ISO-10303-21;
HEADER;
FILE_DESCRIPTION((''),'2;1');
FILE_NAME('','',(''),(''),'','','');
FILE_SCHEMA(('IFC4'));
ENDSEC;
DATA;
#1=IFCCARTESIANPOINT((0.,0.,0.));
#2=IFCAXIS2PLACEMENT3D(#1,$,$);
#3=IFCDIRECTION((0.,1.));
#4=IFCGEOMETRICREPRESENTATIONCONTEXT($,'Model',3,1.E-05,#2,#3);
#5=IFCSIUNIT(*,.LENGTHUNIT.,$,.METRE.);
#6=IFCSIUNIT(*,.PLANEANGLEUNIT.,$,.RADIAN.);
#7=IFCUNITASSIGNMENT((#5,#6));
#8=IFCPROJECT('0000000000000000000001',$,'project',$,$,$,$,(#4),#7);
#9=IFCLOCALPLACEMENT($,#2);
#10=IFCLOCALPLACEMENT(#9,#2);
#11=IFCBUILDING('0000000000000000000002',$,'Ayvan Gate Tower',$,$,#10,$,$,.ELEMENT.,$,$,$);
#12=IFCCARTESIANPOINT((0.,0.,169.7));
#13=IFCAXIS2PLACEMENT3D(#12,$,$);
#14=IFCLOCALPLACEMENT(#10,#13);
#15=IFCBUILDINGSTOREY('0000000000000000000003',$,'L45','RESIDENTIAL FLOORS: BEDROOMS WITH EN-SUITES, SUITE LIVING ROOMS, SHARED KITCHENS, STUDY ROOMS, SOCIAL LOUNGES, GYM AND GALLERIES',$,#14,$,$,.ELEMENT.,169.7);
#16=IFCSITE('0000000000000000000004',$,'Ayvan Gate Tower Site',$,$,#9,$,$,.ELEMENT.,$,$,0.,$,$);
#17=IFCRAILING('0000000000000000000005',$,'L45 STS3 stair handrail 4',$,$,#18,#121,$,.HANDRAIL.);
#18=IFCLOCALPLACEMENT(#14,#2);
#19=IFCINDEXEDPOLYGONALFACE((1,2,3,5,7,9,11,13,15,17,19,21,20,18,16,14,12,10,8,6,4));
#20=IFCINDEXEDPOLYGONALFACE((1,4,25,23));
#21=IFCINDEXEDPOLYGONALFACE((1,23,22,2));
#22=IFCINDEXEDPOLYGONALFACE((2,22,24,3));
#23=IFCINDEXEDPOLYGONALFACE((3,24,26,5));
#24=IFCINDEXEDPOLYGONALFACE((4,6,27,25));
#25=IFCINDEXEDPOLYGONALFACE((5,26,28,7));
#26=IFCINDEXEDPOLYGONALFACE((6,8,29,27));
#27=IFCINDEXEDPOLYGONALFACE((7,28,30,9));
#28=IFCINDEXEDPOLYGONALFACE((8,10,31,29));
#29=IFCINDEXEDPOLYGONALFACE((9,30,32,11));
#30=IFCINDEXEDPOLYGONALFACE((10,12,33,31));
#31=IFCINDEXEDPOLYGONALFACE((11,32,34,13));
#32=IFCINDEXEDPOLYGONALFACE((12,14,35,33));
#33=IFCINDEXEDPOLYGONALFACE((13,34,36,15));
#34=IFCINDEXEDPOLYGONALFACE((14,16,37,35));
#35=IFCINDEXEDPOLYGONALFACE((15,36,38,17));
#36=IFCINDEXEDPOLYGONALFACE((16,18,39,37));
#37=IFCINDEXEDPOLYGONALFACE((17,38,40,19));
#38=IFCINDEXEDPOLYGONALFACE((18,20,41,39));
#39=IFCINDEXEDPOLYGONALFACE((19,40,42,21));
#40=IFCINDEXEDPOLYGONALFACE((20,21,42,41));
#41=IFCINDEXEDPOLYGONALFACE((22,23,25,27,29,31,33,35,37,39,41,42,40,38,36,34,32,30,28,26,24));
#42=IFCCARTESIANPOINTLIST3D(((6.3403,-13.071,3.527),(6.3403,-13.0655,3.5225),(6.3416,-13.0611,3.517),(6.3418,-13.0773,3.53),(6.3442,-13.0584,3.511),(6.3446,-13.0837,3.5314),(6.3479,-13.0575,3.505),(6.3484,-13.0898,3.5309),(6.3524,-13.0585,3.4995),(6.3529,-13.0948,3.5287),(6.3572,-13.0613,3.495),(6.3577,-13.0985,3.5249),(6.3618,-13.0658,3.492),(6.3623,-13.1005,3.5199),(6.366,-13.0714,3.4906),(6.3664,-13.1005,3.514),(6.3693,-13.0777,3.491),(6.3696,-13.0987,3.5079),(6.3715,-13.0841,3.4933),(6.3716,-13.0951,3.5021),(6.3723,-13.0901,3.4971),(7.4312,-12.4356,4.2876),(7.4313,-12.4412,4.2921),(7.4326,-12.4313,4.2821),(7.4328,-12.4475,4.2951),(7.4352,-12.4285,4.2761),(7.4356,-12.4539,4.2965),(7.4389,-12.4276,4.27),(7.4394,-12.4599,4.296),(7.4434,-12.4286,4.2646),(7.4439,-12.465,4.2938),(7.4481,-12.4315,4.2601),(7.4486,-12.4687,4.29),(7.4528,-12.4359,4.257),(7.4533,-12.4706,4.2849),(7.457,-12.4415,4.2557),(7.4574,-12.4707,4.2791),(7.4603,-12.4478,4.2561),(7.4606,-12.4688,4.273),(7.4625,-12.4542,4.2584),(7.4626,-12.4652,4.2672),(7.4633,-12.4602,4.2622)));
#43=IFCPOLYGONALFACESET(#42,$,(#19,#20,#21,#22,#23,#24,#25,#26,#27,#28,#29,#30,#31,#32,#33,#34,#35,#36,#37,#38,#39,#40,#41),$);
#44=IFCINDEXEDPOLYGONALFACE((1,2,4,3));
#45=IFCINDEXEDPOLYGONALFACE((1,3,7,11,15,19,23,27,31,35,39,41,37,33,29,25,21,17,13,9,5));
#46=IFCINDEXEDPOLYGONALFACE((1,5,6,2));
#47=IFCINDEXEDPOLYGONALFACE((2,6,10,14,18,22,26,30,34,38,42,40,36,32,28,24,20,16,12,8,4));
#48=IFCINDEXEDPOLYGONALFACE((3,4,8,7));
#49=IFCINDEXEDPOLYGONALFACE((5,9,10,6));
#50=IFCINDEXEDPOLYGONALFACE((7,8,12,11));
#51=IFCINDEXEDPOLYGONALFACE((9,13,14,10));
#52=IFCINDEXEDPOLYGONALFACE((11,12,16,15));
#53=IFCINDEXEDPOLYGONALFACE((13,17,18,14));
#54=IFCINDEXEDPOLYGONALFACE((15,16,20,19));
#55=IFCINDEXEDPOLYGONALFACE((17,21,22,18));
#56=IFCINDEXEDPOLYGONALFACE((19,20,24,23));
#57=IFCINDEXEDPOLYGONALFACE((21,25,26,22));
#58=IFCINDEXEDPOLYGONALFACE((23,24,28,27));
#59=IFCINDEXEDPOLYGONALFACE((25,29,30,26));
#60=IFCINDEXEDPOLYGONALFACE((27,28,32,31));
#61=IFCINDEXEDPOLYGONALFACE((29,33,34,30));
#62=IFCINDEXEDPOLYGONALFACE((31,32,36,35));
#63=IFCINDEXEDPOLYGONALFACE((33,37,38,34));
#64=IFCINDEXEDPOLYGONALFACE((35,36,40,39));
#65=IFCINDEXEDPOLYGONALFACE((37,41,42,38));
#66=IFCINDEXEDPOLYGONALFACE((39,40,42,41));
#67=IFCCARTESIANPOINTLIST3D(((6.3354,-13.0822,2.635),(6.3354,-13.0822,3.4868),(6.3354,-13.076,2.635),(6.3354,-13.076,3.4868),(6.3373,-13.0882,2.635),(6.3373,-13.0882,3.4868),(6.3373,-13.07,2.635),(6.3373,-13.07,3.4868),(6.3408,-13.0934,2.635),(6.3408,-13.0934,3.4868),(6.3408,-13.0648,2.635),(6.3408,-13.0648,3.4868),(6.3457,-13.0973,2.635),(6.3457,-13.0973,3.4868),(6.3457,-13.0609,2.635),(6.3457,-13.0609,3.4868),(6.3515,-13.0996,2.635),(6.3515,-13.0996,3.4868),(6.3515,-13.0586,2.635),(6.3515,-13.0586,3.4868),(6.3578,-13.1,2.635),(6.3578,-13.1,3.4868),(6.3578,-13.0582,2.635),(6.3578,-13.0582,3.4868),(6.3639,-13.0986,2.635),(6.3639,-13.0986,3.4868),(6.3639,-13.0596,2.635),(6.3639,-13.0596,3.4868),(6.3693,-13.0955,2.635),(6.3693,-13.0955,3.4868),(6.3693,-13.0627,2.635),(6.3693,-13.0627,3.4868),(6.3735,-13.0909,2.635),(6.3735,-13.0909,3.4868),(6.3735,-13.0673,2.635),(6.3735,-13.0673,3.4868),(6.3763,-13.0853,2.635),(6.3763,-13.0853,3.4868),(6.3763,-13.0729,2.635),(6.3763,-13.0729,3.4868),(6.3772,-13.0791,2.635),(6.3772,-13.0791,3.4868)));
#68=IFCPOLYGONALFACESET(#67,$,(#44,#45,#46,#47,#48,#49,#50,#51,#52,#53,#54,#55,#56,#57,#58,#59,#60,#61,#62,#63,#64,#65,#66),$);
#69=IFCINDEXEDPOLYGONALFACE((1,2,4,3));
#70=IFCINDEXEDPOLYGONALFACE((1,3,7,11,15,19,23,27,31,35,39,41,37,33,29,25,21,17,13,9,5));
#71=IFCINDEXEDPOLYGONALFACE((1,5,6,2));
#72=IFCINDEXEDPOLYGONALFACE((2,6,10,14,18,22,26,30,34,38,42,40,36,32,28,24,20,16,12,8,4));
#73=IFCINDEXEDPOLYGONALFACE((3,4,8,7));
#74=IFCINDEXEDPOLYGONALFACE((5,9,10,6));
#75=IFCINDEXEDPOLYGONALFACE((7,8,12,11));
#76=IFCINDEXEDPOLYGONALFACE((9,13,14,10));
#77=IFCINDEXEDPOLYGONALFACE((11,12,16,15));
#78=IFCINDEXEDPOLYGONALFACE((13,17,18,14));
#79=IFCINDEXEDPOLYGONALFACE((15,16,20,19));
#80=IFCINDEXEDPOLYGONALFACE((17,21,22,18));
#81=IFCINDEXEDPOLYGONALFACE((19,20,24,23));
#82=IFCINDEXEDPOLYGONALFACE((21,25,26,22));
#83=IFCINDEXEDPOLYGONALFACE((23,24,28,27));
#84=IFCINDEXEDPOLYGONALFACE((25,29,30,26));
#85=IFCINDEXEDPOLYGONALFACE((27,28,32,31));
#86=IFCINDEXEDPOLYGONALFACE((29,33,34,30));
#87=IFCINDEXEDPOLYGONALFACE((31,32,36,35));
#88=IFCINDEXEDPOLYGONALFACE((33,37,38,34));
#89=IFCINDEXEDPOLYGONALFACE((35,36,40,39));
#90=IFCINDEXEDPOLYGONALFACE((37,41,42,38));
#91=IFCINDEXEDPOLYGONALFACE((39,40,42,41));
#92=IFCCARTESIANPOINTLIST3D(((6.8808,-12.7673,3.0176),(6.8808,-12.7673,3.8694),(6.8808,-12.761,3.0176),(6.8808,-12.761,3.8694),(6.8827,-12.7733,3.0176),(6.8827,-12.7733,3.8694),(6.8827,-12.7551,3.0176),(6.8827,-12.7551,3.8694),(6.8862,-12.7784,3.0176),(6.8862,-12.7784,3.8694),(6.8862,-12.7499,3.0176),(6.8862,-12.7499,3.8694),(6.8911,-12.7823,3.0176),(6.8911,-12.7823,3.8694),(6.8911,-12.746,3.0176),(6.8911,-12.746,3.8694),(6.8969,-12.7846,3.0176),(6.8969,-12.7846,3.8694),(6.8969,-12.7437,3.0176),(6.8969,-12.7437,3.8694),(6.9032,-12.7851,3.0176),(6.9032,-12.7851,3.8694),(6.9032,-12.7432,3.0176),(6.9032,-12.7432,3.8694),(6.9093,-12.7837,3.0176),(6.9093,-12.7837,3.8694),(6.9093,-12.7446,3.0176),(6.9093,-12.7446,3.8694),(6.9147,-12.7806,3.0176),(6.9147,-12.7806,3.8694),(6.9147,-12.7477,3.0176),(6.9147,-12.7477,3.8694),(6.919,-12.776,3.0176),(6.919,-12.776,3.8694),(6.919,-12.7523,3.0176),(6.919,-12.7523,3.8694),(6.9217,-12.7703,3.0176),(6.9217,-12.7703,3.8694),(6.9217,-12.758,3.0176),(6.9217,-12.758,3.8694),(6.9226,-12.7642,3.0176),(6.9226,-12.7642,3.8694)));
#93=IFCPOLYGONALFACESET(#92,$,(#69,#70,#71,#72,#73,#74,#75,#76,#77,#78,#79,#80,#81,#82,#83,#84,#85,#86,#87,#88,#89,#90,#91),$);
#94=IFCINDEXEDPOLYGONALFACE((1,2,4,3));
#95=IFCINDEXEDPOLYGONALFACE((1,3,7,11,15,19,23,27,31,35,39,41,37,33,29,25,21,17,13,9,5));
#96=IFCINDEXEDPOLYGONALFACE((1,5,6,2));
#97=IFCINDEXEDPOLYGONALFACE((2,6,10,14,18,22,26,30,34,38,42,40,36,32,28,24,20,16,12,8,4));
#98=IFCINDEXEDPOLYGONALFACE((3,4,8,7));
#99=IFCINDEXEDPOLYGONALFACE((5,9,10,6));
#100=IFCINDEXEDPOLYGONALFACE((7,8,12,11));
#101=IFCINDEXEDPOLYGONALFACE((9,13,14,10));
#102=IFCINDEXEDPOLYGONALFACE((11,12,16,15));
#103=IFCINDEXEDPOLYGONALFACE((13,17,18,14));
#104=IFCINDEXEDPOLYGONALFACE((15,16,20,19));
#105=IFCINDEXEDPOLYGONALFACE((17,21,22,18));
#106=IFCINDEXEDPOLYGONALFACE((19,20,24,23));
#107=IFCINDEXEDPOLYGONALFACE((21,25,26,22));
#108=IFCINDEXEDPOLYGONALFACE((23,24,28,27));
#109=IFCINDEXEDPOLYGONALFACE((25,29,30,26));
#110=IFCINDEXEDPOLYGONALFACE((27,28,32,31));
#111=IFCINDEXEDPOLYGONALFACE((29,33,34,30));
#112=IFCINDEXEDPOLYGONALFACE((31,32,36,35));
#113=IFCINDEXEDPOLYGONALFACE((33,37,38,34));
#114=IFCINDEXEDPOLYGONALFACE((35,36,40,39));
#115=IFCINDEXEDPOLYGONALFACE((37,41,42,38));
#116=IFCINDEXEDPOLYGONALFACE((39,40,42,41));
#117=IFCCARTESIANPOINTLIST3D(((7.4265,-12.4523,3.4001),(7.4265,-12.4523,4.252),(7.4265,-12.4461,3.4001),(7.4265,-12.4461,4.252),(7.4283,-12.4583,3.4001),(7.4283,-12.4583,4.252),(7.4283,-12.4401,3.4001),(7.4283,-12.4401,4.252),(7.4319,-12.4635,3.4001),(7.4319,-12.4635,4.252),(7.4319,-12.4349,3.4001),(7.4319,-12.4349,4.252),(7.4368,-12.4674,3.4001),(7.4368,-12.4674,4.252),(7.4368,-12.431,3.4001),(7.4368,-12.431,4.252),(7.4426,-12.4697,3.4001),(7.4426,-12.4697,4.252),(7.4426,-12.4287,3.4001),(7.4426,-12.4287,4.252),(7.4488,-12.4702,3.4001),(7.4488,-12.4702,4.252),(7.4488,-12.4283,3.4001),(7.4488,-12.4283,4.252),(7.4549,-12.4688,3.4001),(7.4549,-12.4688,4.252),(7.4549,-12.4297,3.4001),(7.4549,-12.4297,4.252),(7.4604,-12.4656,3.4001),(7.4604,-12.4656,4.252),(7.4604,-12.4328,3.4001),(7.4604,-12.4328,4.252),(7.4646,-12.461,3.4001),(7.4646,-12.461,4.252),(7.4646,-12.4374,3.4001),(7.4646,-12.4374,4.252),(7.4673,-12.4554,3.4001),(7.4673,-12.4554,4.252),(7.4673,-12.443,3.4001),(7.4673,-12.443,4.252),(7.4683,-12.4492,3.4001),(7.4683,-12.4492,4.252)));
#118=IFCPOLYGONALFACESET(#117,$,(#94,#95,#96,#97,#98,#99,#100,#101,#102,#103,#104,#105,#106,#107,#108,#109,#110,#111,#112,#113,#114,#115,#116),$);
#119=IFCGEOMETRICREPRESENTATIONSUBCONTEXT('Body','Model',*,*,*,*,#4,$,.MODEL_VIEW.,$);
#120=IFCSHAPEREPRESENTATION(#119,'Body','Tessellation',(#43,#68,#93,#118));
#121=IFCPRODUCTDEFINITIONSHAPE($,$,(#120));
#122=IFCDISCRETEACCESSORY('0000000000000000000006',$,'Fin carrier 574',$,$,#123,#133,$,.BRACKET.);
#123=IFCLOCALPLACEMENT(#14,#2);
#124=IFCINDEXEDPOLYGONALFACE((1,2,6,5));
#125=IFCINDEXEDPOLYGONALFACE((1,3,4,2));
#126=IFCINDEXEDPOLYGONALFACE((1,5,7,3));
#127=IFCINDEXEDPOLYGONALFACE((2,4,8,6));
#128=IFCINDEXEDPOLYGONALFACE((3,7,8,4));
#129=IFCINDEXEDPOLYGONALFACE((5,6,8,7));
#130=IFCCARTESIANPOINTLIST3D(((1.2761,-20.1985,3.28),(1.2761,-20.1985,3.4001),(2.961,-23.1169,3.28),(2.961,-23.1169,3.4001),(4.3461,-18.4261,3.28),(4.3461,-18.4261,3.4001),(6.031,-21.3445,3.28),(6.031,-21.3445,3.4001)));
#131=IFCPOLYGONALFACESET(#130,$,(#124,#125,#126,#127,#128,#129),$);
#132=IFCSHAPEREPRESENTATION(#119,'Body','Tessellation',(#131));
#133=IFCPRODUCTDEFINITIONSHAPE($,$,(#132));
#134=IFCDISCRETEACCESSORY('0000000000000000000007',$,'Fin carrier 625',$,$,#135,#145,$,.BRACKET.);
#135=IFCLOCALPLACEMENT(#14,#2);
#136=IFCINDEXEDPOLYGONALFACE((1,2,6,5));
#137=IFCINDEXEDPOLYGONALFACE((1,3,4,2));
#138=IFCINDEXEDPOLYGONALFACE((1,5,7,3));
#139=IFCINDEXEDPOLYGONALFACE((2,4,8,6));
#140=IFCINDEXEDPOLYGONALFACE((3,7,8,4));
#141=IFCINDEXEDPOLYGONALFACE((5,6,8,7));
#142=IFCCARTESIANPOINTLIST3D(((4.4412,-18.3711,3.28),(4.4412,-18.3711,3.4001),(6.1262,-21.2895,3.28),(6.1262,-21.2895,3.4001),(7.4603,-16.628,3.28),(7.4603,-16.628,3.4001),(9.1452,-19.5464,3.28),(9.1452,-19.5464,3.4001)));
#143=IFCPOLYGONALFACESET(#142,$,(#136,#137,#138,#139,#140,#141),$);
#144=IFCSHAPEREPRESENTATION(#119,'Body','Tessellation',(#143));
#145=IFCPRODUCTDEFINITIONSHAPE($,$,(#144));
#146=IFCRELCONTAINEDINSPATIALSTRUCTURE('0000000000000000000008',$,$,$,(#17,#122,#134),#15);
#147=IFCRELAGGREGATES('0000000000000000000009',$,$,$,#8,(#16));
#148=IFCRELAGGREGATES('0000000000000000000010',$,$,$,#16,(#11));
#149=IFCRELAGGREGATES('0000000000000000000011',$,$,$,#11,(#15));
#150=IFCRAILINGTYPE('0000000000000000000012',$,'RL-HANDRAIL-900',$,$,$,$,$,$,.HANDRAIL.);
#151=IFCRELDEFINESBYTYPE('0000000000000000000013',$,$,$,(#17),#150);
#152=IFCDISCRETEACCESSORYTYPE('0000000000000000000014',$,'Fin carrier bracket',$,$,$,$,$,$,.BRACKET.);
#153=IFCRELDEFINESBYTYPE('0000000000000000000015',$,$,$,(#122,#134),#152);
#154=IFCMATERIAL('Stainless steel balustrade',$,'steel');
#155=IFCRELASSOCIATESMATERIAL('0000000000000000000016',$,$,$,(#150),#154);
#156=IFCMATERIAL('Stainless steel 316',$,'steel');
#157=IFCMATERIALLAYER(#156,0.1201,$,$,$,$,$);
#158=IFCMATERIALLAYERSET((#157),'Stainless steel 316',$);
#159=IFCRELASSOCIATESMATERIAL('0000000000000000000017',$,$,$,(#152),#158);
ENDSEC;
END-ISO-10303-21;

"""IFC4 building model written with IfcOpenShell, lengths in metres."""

from ifc_helpers import new_model, si_unit, direction, frame, origin, origin_2d, place, context, subcontext, project, spatial, rectangle, circle, extrude, material, layer, layer_set, type_object, element, save


model = new_model("IFC4")

# Units and contexts
model_context = context("Model", 3, precision=1e-05, world=origin(), true_north=direction((0.0, 1.0)))
body_context = subcontext(model_context, "Body", "Model", "MODEL_VIEW")
ifc_project = project(units=[si_unit("LENGTHUNIT", "METRE"), si_unit("PLANEANGLEUNIT", "RADIAN")], contexts=[model_context])

# Site, building, storey
site_placement = place(None, origin())
site = spatial("IfcSite", under=ifc_project, at=site_placement, Name="Ayvan Gate Tower Site", CompositionType="ELEMENT", RefElevation=0.0)
building_placement = place(site_placement, origin())
building = spatial("IfcBuilding", under=site, at=building_placement, Name="Ayvan Gate Tower", CompositionType="ELEMENT")
storey_placement = place(building_placement, frame((0.0, 0.0, 169.7)))
storey = spatial("IfcBuildingStorey", under=building, at=storey_placement, Name="L45", Description="RESIDENTIAL FLOORS: BEDROOMS WITH EN-SUITES, SUITE LIVING ROOMS, SHARED KITCHENS, STUDY ROOMS, SOCIAL LOUNGES, GYM AND GALLERIES", CompositionType="ELEMENT", Elevation=169.7)

# Railing
ifc_material_1 = material(Name="Stainless steel balustrade", Category="steel")
railing_type_1 = type_object("IfcRailingType", Name="RL-HANDRAIL-900", PredefinedType="HANDRAIL", material=ifc_material_1)
railing_1_placement = place(storey_placement, frame((6.3562, -13.0791, 2.635)))
element("IfcRailing", 1, at=railing_1_placement, inside=storey, type_object=railing_type_1, Name="L45 STS3 stair handrail 4", PredefinedType="HANDRAIL", context=body_context, shape_type="SweptSolid", body=[
    extrude(circle(Radius=0.0239, at=origin_2d()), frame((0.0, 0.0, 0.876), z_axis=(0.740218, 0.427336, 0.519097), x_axis=(-0.499974, 0.86604, 0.0)), (0.0, 0.0, 1.0), 1.4739),
    extrude(circle(Radius=0.021, at=origin_2d()), origin(), (0.0, 0.0, 1.0), 0.8518),
    extrude(circle(Radius=0.021, at=origin_2d()), frame((0.5454, 0.3149, 0.3826)), (0.0, 0.0, 1.0), 0.8518),
    extrude(circle(Radius=0.021, at=origin_2d()), frame((1.0911, 0.6299, 0.7651)), (0.0, 0.0, 1.0), 0.8518),
])

# Discrete accessories
ifc_material_2 = material(Name="Stainless steel 316", Category="steel")
ifc_layer_1 = layer(ifc_material_2, 0.1201)
ifc_layer_set_1 = layer_set([ifc_layer_1], Name="Stainless steel 316")
discrete_accessory_type = type_object("IfcDiscreteAccessoryType", Name="Fin carrier bracket", PredefinedType="BRACKET", material=ifc_layer_set_1)
discrete_accessory_1_placement = place(storey_placement, frame((3.6536, -20.7715, 3.28), z_axis=(0.0, 0.0, 1.0), x_axis=(0.866025, 0.5, 0.0)))
element("IfcDiscreteAccessory", 2, at=discrete_accessory_1_placement, inside=storey, type_object=discrete_accessory_type, Name="Fin carrier 574", PredefinedType="BRACKET", context=body_context, shape_type="SweptSolid", body=[
    extrude(rectangle(XDim=3.5449, YDim=3.3699, at=origin_2d()), origin(), (0.0, 0.0, 1.0), 0.1201),
])
discrete_accessory_2_placement = place(storey_placement, frame((6.7932, -18.9587, 3.28), z_axis=(0.0, 0.0, 1.0), x_axis=(0.866025, 0.5, 0.0)))
element("IfcDiscreteAccessory", 3, at=discrete_accessory_2_placement, inside=storey, type_object=discrete_accessory_type, Name="Fin carrier 625", PredefinedType="BRACKET", context=body_context, shape_type="SweptSolid", body=[
    extrude(rectangle(XDim=3.4861, YDim=3.3699, at=origin_2d()), origin(), (0.0, 0.0, 1.0), 0.1201),
])

save(model, "model.ifc")
